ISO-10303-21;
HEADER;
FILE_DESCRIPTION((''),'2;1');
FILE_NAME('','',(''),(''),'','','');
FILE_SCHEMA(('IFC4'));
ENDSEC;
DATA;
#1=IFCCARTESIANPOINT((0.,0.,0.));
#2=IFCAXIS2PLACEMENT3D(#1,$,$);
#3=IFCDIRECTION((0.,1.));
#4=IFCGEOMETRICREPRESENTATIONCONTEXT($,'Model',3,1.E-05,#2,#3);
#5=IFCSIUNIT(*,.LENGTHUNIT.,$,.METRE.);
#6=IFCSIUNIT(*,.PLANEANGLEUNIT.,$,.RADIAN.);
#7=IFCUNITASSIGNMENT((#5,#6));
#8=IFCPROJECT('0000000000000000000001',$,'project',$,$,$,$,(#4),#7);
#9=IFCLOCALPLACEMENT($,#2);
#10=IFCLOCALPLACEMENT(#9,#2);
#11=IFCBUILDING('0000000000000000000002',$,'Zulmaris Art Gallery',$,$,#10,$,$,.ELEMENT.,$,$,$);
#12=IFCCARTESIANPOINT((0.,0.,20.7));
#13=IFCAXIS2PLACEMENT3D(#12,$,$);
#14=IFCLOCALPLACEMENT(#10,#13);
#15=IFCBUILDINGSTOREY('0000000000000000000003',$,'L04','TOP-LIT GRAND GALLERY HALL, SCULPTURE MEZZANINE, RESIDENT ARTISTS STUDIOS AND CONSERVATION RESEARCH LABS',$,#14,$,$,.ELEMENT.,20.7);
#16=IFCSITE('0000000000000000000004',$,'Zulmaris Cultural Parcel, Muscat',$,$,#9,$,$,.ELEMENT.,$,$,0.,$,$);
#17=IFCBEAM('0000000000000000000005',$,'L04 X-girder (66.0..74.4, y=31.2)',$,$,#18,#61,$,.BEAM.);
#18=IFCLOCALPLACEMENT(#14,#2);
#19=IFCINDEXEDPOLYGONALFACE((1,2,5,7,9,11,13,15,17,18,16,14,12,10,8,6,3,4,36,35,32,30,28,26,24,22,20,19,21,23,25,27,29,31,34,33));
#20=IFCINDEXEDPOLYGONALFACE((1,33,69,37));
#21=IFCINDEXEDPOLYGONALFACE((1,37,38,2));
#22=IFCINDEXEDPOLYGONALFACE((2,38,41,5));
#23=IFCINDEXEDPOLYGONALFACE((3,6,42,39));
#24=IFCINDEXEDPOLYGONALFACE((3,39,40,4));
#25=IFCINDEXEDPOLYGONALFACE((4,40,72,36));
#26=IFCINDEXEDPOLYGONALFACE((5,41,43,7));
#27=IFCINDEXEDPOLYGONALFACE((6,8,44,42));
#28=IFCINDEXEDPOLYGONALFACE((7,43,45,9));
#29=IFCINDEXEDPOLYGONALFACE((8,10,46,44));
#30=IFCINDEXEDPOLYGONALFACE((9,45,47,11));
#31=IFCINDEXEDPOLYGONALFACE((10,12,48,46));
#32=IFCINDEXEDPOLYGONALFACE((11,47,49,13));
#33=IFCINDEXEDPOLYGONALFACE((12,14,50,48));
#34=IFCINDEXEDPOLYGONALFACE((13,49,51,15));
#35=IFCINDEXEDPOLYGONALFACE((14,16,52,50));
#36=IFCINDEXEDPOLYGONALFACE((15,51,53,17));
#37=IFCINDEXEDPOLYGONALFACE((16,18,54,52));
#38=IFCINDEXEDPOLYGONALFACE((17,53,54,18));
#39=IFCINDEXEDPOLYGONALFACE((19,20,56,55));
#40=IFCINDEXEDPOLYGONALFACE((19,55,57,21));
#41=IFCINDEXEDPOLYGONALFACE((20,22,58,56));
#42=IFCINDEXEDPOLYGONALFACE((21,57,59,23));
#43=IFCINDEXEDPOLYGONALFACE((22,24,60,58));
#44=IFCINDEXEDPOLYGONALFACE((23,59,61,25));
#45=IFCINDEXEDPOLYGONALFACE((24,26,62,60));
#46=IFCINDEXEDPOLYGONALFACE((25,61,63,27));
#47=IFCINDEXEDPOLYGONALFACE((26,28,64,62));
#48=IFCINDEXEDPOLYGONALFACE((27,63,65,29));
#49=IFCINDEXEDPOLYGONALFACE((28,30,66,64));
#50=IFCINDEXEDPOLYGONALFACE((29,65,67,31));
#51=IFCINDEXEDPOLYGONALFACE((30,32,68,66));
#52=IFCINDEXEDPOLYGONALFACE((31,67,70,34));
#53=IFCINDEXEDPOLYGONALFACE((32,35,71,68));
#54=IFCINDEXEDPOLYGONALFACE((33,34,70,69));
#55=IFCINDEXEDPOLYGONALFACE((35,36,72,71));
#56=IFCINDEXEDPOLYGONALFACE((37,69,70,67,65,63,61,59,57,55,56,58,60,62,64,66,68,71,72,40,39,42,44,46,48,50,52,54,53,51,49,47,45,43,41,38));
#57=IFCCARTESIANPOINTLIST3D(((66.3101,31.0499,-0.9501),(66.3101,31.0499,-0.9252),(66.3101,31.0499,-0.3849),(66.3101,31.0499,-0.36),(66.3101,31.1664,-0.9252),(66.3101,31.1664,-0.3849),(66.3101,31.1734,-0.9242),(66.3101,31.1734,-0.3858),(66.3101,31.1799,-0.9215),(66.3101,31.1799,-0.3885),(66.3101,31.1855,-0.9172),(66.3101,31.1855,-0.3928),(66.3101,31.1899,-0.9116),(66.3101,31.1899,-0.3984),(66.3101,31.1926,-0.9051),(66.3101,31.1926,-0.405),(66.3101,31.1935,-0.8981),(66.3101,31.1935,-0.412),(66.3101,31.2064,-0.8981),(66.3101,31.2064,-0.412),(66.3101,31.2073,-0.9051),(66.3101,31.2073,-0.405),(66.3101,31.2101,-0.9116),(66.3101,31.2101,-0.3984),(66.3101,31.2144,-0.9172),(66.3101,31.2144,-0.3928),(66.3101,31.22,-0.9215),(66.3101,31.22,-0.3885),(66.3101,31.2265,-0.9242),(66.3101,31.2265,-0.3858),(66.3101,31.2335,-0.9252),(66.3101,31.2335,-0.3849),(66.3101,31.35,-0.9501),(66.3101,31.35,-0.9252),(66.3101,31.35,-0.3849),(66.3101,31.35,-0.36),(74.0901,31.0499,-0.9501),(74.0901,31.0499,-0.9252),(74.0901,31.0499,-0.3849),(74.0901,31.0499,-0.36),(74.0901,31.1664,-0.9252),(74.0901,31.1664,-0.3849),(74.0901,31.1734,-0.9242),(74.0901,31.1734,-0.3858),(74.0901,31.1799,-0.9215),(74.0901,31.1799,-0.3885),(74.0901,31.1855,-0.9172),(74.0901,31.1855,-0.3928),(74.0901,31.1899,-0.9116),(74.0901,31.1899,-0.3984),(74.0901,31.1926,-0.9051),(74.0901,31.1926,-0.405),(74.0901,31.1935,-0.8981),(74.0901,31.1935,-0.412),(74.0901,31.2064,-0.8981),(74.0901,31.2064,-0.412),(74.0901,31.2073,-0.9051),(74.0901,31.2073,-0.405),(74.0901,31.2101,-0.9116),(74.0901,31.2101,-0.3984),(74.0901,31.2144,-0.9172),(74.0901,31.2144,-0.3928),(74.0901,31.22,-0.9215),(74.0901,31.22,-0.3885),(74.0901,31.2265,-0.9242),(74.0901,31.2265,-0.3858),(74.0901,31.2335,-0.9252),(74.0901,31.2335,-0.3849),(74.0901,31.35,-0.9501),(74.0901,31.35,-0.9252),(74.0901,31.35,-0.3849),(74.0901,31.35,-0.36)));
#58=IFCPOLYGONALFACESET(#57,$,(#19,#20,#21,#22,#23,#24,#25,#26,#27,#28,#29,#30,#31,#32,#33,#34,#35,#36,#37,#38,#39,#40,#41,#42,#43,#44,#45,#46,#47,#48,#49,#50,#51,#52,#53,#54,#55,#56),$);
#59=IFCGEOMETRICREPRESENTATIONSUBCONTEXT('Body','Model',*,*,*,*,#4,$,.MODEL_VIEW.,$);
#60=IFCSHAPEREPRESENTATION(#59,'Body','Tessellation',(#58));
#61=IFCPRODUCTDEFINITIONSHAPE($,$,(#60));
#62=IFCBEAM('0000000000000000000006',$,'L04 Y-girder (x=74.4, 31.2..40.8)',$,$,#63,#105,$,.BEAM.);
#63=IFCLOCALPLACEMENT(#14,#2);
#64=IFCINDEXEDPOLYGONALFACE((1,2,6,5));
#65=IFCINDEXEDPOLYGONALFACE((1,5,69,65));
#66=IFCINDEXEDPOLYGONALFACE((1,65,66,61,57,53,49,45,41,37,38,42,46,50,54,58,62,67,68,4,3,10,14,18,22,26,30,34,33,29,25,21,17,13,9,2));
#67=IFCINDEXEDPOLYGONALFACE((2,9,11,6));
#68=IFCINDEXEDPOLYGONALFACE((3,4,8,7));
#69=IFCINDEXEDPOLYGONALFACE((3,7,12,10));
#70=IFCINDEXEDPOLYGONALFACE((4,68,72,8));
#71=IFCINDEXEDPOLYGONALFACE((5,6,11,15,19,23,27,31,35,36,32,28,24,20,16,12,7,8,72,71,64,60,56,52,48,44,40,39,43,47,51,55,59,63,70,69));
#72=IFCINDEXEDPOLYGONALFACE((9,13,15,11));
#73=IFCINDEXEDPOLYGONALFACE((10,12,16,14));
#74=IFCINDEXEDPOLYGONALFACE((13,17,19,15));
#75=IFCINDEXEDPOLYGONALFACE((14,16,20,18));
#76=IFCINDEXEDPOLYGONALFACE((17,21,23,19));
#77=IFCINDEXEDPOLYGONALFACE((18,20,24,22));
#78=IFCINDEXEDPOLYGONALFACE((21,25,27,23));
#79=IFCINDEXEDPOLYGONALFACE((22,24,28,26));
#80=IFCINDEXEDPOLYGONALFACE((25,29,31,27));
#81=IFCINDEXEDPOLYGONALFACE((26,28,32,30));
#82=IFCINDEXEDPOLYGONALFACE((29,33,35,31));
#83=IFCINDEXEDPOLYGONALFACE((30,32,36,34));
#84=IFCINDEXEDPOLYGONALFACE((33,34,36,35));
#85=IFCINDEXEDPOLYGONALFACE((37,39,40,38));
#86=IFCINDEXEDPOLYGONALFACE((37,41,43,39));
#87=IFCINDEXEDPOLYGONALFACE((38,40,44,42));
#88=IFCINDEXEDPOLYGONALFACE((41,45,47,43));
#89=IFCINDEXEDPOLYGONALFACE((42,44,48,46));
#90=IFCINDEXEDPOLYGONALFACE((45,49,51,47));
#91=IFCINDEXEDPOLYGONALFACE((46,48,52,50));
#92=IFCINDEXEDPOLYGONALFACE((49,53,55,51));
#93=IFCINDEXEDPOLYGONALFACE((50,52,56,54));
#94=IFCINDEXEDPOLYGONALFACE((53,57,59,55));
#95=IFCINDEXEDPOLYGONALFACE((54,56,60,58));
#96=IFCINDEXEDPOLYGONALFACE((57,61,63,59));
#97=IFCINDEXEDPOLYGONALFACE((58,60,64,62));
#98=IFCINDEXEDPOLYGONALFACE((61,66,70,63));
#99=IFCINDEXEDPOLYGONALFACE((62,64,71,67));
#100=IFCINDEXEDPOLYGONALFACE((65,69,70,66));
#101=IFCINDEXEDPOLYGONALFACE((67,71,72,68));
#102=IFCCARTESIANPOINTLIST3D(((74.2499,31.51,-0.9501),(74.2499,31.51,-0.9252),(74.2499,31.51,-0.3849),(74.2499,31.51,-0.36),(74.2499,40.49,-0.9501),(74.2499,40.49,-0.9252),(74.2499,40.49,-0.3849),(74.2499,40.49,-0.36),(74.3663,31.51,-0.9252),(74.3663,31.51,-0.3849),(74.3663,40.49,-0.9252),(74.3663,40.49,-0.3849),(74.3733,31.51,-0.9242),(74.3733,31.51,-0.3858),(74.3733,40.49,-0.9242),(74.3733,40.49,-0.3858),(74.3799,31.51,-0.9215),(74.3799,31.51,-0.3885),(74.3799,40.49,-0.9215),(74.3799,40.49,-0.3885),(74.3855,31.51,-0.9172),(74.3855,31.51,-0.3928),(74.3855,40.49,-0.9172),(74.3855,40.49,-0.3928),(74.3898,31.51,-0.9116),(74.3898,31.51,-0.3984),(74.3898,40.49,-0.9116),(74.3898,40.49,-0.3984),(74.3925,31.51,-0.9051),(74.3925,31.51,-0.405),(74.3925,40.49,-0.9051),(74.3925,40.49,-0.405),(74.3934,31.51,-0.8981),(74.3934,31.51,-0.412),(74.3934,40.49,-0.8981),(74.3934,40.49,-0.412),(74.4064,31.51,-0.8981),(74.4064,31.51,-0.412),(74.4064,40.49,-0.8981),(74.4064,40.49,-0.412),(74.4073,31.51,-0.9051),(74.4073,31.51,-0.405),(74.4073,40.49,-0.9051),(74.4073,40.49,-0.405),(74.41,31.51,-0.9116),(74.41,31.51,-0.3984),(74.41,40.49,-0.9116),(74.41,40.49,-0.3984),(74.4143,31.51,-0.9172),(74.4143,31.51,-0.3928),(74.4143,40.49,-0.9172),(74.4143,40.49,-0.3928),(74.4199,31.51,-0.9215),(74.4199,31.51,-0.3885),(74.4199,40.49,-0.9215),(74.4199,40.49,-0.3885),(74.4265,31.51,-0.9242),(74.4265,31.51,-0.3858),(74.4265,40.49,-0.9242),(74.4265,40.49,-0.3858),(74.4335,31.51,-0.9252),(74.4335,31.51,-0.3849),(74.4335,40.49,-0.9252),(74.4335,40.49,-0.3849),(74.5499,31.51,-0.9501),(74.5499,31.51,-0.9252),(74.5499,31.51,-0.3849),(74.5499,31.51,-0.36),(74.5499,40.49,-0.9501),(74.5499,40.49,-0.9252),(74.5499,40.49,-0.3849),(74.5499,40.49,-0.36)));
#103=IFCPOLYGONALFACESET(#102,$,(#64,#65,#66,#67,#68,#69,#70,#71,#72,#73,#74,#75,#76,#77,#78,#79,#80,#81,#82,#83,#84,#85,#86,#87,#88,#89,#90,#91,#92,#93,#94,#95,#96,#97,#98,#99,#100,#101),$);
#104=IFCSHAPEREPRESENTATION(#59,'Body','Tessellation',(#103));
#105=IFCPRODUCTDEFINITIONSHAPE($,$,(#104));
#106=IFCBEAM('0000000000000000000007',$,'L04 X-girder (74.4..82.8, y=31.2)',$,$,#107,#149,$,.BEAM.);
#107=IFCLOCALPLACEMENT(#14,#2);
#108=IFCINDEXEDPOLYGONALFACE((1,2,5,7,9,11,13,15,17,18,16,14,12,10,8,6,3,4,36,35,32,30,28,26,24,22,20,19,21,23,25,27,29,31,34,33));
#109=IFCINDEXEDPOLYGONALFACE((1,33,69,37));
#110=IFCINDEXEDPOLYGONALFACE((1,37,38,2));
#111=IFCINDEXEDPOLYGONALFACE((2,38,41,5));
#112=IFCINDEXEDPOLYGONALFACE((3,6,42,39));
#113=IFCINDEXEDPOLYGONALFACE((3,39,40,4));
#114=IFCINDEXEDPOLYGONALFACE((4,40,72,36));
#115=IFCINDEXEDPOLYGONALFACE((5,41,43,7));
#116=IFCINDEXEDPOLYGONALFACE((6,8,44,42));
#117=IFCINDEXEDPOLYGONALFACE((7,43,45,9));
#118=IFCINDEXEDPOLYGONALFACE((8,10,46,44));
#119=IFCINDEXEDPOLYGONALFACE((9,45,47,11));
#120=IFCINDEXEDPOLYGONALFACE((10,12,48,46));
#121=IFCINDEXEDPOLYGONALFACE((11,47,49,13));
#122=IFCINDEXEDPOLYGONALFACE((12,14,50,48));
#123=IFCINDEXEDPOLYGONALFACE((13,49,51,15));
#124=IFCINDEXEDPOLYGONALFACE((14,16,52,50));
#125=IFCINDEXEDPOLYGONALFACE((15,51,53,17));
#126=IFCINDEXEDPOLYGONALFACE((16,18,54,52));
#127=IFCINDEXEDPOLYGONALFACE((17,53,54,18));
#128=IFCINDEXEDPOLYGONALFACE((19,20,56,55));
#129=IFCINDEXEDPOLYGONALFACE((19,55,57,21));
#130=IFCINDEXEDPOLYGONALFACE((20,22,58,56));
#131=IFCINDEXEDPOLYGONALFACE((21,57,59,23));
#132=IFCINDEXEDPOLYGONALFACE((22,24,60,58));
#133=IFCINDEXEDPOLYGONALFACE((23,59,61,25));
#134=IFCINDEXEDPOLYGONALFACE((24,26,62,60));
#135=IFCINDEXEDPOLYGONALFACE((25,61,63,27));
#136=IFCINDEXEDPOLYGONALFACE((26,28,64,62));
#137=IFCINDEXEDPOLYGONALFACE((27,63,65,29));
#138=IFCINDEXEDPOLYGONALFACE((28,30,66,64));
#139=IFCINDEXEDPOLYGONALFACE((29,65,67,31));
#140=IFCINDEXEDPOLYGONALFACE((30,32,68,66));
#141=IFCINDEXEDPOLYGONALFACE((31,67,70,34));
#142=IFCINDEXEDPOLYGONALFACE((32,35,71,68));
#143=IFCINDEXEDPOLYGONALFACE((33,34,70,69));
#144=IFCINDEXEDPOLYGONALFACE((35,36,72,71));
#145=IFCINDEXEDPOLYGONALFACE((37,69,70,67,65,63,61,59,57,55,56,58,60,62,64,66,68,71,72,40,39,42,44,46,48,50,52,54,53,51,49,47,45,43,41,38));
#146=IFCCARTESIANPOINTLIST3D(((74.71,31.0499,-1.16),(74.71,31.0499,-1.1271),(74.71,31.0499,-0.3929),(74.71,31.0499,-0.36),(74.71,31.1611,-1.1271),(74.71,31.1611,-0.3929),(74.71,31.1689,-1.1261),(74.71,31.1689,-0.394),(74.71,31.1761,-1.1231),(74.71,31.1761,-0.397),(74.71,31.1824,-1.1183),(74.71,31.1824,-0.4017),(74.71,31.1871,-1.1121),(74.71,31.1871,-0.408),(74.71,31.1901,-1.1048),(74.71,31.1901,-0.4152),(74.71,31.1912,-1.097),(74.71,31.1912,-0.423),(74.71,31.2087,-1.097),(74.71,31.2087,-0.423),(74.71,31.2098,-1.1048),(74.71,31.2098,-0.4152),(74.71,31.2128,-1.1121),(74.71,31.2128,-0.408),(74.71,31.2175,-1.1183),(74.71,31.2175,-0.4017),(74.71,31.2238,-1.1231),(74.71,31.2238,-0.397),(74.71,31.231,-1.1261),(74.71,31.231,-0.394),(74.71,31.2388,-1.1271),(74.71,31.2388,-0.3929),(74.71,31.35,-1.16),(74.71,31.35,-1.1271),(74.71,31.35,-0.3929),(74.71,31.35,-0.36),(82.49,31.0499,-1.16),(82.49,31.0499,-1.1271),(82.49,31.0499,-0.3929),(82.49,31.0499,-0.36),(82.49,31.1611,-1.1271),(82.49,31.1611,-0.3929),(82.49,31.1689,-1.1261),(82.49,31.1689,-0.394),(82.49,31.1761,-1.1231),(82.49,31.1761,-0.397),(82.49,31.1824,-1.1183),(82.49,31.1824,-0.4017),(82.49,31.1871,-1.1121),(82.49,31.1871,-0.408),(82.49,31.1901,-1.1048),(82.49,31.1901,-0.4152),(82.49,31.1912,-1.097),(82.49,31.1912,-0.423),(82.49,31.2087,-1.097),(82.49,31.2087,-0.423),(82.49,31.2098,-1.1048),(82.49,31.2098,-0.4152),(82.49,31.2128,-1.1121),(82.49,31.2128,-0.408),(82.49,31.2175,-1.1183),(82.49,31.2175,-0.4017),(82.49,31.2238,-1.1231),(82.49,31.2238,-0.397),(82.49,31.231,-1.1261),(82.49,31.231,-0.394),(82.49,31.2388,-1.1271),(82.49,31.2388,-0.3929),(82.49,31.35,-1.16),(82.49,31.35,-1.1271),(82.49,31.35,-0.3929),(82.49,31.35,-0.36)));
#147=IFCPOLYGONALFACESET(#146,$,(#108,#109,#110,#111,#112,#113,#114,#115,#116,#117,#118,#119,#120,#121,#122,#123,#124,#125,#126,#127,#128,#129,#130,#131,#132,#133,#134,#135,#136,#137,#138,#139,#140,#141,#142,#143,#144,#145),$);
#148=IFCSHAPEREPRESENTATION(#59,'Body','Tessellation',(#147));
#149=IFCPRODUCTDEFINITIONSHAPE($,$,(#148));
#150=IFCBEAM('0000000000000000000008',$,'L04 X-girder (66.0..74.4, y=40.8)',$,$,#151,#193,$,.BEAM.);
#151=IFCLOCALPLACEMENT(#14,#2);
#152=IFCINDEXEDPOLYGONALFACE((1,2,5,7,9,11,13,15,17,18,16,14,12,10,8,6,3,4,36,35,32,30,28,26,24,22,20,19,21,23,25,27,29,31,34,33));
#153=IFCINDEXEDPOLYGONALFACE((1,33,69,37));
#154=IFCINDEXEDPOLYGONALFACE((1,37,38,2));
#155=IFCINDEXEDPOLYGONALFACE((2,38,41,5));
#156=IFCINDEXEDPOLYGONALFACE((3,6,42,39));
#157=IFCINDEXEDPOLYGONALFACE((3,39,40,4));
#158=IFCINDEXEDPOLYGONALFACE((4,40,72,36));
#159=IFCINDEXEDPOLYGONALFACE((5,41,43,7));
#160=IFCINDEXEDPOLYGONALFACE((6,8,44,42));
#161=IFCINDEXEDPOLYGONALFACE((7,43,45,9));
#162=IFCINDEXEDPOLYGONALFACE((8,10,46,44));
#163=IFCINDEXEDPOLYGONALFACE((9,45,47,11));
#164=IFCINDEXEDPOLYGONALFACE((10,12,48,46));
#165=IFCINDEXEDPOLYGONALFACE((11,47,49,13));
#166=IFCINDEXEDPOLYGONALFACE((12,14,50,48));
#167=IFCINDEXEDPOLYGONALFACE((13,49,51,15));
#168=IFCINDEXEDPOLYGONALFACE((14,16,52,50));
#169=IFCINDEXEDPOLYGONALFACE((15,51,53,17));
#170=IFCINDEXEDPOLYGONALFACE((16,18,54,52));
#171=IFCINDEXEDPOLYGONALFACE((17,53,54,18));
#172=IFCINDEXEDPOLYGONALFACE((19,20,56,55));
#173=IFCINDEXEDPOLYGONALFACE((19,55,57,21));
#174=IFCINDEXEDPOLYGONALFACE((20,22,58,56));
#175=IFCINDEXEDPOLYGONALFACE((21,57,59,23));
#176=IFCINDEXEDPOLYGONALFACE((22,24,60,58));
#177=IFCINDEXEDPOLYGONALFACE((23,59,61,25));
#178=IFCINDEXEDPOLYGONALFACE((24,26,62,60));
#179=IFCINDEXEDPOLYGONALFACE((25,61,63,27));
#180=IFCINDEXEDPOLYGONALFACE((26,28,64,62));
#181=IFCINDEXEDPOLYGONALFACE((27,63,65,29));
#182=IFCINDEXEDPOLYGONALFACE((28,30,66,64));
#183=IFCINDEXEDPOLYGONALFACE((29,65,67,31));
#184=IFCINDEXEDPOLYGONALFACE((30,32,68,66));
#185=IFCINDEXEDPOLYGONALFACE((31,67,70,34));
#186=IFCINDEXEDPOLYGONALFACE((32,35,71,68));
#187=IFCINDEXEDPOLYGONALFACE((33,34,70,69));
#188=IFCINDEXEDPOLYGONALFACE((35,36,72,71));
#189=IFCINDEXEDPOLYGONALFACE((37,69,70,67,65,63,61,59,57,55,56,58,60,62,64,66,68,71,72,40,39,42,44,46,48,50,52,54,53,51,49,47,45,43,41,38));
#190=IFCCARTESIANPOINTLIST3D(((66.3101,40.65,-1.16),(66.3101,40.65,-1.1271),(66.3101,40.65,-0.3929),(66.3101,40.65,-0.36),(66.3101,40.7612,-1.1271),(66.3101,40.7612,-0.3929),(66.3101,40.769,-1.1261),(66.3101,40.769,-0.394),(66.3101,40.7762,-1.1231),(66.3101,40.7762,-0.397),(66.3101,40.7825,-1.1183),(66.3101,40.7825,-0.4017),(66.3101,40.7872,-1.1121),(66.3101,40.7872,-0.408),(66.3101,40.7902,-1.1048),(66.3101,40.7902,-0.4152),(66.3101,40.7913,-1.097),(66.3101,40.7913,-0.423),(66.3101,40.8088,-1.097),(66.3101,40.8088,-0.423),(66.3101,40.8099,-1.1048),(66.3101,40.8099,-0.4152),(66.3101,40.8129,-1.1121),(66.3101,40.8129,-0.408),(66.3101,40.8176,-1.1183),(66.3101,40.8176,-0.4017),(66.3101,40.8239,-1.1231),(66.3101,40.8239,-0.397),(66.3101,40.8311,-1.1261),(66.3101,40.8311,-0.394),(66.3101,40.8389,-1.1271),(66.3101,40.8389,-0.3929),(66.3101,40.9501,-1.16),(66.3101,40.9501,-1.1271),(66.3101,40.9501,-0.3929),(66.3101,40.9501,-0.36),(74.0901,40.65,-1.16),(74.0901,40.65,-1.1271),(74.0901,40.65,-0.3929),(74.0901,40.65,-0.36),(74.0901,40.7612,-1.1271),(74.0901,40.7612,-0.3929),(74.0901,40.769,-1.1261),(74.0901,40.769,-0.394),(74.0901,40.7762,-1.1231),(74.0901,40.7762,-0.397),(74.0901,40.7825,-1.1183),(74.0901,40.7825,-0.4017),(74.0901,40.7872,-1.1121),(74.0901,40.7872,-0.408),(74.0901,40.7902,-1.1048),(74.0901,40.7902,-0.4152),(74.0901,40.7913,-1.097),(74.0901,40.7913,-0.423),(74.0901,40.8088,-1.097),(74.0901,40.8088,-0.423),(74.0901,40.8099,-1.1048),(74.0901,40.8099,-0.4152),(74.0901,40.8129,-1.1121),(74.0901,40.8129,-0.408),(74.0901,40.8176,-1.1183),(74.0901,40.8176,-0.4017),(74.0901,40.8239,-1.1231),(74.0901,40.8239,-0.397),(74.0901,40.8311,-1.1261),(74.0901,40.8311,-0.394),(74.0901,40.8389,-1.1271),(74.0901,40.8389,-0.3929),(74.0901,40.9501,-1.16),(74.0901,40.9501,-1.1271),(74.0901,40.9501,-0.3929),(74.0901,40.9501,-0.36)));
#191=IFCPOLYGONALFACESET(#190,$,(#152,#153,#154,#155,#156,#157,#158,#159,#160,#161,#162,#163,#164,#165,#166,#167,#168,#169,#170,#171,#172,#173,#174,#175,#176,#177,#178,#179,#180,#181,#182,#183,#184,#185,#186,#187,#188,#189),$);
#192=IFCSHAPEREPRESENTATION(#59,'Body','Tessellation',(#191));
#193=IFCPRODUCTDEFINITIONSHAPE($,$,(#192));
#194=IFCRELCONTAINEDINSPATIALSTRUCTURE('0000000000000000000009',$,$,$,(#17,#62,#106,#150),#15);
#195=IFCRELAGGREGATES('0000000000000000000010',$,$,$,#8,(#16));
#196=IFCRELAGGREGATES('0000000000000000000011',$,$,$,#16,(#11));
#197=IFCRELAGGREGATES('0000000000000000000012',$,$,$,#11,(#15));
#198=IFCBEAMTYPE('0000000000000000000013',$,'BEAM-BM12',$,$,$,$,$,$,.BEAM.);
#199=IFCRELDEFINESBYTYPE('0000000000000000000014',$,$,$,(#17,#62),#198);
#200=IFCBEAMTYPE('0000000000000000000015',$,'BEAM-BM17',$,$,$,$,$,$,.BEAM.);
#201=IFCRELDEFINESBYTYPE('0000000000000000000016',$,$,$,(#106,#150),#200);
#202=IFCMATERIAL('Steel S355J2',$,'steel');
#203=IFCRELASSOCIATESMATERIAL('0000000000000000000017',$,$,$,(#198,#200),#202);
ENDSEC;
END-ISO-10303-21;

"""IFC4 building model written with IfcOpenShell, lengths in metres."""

from ifc_helpers import new_model, si_unit, direction, frame, origin, origin_2d, place, context, subcontext, project, spatial, i_section, extrude, material, material_profile, profile_set, type_object, element, save


model = new_model("IFC4")

# Units and contexts
model_context = context("Model", 3, precision=1e-05, world=origin(), true_north=direction((0.0, 1.0)))
body_context = subcontext(model_context, "Body", "Model", "MODEL_VIEW")
ifc_project = project(units=[si_unit("LENGTHUNIT", "METRE"), si_unit("PLANEANGLEUNIT", "RADIAN")], contexts=[model_context])

# Site, building, storey
site_placement = place(None, origin())
site = spatial("IfcSite", under=ifc_project, at=site_placement, Name="Zulmaris Cultural Parcel, Muscat", CompositionType="ELEMENT", RefElevation=0.0)
building_placement = place(site_placement, origin())
building = spatial("IfcBuilding", under=site, at=building_placement, Name="Zulmaris Art Gallery", CompositionType="ELEMENT")
storey_placement = place(building_placement, frame((0.0, 0.0, 20.7)))
storey = spatial("IfcBuildingStorey", under=building, at=storey_placement, Name="L04", Description="TOP-LIT GRAND GALLERY HALL, SCULPTURE MEZZANINE, RESIDENT ARTISTS STUDIOS AND CONSERVATION RESEARCH LABS", CompositionType="ELEMENT", Elevation=20.7)

# Beams
ifc_material_1 = material(Name="Steel S355J2", Category="steel")
ifc_material_profile_1 = material_profile(ifc_material_1, i_section(OverallWidth=0.3, OverallDepth=0.5901, WebThickness=0.0129, FlangeThickness=0.0249, FilletRadius=0.0271, at=origin_2d()), Name="HEA 600")
ifc_profile_set_1 = profile_set([ifc_material_profile_1], Name="Steel S355J2")
beam_type_1 = type_object("IfcBeamType", Name="BEAM-BM12", PredefinedType="BEAM", material=ifc_profile_set_1)
beam_1_placement = place(storey_placement, frame((66.3101, 31.2, -0.655), z_axis=(1.0, 0.0, 0.0), x_axis=(0.0, 1.0, 0.0)))
element("IfcBeam", 1, at=beam_1_placement, inside=storey, type_object=beam_type_1, Name="L04 X-girder (66.0..74.4, y=31.2)", PredefinedType="BEAM", context=body_context, shape_type="SweptSolid", body=[
    extrude(i_section(OverallWidth=0.3, OverallDepth=0.5901, WebThickness=0.0129, FlangeThickness=0.0249, FilletRadius=0.0271, at=origin_2d()), origin(), (0.0, 0.0, 1.0), 7.78),
])
beam_2_placement = place(storey_placement, frame((74.3999, 31.51, -0.655), z_axis=(0.0, 1.0, 0.0), x_axis=(-1.0, 0.0, 0.0)))
element("IfcBeam", 2, at=beam_2_placement, inside=storey, type_object=beam_type_1, Name="L04 Y-girder (x=74.4, 31.2..40.8)", PredefinedType="BEAM", context=body_context, shape_type="SweptSolid", body=[
    extrude(i_section(OverallWidth=0.3, OverallDepth=0.5901, WebThickness=0.0129, FlangeThickness=0.0249, FilletRadius=0.0271, at=origin_2d()), origin(), (0.0, 0.0, 1.0), 8.98),
])
ifc_material_profile_2 = material_profile(ifc_material_1, i_section(OverallWidth=0.3, OverallDepth=0.8, WebThickness=0.0176, FlangeThickness=0.033, FilletRadius=0.03, at=origin_2d()), Name="HEB 800")
ifc_profile_set_2 = profile_set([ifc_material_profile_2], Name="Steel S355J2")
beam_type_2 = type_object("IfcBeamType", Name="BEAM-BM17", PredefinedType="BEAM", material=ifc_profile_set_2)
for number, where, z_axis, x_axis, name in (
    (3, (74.71, 31.2, -0.76), (1.0, 0.0, 0.0), (0.0, 1.0, 0.0), "L04 X-girder (74.4..82.8, y=31.2)"),
    (4, (66.3101, 40.8, -0.76), (1.0, 0.0, 0.0), (0.0, 1.0, 0.0), "L04 X-girder (66.0..74.4, y=40.8)"),
):
    element("IfcBeam", number, at=place(storey_placement, frame(where, z_axis=z_axis, x_axis=x_axis)), inside=storey, type_object=beam_type_2, Name=name, PredefinedType="BEAM", context=body_context, shape_type="SweptSolid", body=[
        extrude(i_section(OverallWidth=0.3, OverallDepth=0.8, WebThickness=0.0176, FlangeThickness=0.033, FilletRadius=0.03, at=origin_2d()), origin(), (0.0, 0.0, 1.0), 7.78),
    ])

save(model, "model.ifc")
